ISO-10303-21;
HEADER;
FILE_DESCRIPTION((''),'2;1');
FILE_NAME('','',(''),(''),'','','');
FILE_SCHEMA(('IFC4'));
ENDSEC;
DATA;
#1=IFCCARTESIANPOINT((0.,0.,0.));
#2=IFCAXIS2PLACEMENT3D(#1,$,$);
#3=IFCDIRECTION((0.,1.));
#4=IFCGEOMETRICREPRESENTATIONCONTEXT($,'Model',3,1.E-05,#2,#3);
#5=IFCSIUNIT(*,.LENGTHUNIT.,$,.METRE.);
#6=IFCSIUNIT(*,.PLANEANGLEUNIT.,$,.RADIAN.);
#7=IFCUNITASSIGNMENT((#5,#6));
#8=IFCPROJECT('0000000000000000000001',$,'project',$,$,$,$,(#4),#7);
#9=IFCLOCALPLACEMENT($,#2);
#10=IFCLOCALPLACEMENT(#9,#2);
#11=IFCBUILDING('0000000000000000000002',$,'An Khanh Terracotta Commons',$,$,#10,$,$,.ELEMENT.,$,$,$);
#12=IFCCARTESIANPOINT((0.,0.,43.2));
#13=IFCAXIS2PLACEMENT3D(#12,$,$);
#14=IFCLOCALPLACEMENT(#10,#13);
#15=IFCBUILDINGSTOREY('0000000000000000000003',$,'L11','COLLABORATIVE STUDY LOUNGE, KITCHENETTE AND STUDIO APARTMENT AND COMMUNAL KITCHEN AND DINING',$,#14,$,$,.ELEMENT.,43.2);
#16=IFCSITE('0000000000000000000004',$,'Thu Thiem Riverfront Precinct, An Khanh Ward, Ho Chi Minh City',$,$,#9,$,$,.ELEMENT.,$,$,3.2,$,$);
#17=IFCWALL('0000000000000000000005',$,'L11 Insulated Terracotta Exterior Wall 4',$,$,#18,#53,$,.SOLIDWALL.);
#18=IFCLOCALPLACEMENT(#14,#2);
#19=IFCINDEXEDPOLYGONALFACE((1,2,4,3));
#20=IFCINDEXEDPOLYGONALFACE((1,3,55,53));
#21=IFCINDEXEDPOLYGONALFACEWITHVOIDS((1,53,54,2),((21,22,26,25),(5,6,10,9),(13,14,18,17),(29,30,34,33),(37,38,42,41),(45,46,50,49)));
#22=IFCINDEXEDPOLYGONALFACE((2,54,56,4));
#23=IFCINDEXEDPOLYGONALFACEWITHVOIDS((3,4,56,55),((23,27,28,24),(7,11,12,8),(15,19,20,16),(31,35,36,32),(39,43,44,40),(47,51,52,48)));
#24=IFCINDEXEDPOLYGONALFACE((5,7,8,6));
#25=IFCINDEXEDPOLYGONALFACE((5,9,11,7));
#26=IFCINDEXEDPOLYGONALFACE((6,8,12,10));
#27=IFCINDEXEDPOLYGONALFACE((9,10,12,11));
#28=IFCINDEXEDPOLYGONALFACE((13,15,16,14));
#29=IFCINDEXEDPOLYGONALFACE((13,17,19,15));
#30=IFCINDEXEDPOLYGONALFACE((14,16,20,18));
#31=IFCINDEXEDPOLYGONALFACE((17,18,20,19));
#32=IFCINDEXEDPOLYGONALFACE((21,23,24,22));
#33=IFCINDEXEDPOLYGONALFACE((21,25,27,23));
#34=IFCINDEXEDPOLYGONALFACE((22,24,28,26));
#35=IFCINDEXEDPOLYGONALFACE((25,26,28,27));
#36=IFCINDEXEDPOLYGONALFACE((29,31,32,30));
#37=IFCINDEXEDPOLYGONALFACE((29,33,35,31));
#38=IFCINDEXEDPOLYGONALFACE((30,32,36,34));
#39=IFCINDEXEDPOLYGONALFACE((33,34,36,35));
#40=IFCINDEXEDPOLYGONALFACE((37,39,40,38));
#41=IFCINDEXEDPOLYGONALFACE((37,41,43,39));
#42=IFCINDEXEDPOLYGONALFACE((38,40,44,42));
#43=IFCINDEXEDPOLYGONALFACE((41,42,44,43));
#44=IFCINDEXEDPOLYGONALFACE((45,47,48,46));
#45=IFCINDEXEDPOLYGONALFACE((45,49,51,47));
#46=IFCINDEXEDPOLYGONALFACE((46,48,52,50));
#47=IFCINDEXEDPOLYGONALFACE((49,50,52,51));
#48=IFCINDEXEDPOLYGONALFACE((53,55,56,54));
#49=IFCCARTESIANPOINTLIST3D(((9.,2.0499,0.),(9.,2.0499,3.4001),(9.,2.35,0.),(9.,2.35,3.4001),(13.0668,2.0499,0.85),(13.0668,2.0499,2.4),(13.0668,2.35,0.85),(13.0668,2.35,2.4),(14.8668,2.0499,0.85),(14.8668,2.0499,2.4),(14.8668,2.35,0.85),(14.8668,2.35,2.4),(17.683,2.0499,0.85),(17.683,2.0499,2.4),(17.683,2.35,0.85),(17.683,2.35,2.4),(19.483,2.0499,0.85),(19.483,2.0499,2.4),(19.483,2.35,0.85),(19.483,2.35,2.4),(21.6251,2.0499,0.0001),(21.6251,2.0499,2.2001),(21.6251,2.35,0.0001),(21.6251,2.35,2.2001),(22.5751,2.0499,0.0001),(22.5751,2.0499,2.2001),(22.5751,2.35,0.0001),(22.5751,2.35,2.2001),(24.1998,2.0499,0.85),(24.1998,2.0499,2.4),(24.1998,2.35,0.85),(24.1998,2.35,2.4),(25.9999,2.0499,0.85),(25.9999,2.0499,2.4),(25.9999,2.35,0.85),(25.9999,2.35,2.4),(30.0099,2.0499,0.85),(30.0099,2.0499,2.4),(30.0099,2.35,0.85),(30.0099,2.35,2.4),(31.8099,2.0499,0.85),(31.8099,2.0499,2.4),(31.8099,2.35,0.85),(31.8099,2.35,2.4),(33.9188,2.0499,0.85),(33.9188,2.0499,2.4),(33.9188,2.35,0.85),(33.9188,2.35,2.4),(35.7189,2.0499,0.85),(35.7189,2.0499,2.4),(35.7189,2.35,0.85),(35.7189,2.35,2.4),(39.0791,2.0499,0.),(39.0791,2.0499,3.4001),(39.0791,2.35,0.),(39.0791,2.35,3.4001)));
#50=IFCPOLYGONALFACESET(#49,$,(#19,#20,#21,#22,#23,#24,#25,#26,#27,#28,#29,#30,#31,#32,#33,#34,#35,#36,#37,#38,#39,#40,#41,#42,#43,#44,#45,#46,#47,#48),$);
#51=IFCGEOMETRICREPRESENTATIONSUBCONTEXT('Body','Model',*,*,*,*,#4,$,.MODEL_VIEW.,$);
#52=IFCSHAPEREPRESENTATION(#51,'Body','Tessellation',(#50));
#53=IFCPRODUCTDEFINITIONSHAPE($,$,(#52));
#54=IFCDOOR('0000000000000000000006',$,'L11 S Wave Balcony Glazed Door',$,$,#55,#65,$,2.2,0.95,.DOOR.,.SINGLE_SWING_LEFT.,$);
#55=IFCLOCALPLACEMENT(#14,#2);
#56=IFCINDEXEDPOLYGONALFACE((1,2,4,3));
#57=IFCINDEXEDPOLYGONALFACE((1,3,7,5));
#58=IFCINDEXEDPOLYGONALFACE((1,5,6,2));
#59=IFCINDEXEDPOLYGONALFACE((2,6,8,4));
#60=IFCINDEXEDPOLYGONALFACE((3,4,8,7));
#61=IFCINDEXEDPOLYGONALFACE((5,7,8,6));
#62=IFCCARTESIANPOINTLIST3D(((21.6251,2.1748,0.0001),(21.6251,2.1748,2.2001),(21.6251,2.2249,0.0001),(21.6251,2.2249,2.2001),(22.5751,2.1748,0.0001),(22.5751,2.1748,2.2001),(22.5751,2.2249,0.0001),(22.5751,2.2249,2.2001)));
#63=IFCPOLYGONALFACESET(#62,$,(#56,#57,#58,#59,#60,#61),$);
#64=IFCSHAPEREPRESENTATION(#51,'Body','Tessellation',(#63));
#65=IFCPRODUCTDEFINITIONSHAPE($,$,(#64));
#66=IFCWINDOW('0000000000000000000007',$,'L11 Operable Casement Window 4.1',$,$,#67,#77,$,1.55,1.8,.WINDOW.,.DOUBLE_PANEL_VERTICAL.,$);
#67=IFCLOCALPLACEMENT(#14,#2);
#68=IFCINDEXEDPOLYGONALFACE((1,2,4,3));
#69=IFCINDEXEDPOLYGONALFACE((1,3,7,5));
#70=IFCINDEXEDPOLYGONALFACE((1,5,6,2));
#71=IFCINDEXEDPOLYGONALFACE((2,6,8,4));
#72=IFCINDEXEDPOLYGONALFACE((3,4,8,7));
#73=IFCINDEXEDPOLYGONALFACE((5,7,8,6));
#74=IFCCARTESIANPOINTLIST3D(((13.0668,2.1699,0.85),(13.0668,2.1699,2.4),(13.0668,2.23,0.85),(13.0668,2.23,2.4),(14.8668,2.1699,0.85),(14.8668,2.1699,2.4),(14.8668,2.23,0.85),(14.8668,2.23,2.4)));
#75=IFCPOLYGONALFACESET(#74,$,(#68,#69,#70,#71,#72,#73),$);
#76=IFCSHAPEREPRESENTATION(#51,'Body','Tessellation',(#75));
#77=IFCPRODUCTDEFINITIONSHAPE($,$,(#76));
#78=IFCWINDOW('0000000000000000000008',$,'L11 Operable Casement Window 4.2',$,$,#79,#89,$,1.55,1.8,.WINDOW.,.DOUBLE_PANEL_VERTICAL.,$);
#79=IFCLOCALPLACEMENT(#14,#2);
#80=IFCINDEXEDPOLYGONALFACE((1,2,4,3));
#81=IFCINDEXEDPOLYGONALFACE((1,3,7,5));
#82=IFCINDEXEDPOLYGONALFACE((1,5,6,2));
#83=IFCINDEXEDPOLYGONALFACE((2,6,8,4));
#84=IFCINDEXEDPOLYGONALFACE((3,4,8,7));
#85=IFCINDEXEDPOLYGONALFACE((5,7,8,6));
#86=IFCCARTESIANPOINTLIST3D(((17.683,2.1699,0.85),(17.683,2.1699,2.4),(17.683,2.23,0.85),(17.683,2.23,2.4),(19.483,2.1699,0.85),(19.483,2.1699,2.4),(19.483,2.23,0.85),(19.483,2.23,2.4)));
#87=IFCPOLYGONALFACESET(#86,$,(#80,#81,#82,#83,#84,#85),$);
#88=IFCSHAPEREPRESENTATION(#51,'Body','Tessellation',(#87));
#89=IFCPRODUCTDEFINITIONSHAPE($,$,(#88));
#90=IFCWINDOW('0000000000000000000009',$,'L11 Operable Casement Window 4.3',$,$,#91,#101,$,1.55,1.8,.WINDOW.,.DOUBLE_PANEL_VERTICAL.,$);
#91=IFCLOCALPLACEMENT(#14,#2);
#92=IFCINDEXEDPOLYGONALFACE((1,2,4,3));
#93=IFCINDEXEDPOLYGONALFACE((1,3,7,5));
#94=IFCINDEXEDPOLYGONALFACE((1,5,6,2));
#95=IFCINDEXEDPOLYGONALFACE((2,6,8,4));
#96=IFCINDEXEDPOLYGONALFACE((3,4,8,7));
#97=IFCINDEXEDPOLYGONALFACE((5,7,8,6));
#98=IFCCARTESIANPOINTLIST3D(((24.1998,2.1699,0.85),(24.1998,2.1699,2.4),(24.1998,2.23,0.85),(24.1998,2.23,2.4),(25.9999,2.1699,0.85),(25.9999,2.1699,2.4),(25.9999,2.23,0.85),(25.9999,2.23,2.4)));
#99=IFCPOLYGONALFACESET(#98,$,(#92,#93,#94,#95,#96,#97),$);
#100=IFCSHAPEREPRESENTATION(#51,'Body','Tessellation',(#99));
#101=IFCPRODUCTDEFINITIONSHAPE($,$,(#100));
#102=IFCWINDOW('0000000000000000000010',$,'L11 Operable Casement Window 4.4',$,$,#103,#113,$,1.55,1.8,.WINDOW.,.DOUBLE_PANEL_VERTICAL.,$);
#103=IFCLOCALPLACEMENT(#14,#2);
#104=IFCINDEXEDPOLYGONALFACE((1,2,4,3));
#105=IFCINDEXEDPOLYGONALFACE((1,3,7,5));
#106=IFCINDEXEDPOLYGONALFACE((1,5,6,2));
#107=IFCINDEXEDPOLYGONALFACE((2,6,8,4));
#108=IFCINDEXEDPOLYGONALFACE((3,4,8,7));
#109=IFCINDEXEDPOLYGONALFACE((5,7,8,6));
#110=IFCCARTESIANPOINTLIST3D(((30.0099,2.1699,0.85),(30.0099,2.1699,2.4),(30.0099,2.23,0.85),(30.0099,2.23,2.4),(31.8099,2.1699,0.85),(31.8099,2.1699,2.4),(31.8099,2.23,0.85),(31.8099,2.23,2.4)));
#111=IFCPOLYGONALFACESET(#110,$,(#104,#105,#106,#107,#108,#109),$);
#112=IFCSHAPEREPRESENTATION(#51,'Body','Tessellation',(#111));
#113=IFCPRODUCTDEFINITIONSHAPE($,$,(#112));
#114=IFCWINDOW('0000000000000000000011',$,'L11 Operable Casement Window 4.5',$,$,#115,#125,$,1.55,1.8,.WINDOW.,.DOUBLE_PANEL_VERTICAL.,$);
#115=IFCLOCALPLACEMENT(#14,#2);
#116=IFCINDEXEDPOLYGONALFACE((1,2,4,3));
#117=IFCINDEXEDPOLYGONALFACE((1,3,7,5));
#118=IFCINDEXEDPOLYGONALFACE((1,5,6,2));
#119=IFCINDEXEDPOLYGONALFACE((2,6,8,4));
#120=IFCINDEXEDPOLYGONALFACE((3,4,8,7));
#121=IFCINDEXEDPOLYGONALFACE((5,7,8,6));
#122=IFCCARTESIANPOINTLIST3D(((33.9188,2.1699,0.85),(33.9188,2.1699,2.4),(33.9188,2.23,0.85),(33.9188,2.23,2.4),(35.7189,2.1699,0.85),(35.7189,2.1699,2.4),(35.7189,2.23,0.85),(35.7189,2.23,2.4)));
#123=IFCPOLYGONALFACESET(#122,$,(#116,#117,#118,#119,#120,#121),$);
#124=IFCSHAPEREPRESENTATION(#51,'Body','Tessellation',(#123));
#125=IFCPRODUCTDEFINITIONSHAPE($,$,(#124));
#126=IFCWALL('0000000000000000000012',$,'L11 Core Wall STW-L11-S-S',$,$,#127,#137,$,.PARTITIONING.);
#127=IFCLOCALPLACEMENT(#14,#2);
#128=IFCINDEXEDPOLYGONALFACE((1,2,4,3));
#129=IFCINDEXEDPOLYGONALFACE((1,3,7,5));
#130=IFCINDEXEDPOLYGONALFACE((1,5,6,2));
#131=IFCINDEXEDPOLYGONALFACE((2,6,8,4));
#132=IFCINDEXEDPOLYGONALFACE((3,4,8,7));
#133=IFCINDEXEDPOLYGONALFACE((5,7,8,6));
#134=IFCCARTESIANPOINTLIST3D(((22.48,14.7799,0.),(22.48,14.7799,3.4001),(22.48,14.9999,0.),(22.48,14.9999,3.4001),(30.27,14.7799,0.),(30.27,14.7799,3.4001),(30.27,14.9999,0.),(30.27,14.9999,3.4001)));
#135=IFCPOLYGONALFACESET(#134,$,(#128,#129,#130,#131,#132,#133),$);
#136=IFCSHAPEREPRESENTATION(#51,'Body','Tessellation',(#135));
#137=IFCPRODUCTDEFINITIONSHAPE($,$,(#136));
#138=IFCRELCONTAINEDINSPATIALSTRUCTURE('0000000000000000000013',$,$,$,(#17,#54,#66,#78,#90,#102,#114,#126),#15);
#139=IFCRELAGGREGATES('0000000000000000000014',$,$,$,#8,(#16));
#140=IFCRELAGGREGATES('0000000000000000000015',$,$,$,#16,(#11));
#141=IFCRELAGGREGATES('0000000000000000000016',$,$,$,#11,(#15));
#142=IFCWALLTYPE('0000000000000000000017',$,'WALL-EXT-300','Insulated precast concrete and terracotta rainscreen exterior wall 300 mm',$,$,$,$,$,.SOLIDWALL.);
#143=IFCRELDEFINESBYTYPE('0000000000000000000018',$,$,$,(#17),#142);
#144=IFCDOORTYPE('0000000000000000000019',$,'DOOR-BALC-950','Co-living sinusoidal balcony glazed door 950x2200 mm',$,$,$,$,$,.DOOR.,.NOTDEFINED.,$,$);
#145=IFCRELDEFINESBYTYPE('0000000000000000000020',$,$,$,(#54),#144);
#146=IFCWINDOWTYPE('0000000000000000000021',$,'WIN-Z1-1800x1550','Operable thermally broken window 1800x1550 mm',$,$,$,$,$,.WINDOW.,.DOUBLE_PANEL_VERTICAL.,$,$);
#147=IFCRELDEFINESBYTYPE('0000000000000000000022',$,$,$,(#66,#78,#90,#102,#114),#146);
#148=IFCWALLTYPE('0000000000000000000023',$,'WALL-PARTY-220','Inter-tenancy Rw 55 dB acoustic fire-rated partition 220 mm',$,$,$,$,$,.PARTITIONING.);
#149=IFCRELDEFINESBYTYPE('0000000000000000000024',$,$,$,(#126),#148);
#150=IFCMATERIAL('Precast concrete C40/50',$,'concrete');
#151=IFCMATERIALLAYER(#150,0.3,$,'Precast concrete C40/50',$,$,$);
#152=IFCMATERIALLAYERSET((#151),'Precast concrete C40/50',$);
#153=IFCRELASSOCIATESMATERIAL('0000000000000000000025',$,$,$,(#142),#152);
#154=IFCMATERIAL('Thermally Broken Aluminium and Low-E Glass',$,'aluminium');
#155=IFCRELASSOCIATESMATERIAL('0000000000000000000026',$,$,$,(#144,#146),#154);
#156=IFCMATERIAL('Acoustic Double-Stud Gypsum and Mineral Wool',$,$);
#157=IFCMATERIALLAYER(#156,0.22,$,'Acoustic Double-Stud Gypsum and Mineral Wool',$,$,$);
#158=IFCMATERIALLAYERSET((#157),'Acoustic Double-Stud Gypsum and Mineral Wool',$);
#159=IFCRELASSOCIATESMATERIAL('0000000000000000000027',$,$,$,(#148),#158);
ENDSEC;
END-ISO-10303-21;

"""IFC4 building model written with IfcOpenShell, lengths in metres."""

from ifc_helpers import new_model, si_unit, direction, frame, frame_2d, origin, place, context, subcontext, project, spatial, rectangle, extrude, material, layer, layer_set, type_object, element, fill, save


model = new_model("IFC4")

# Units and contexts
model_context = context("Model", 3, precision=1e-05, world=origin(), true_north=direction((0.0, 1.0)))
body_context = subcontext(model_context, "Body", "Model", "MODEL_VIEW")
ifc_project = project(units=[si_unit("LENGTHUNIT", "METRE"), si_unit("PLANEANGLEUNIT", "RADIAN")], contexts=[model_context])

# Site, building, storey
site_placement = place(None, origin())
site = spatial("IfcSite", under=ifc_project, at=site_placement, Name="Thu Thiem Riverfront Precinct, An Khanh Ward, Ho Chi Minh City", CompositionType="ELEMENT", RefElevation=3.2)
building_placement = place(site_placement, origin())
building = spatial("IfcBuilding", under=site, at=building_placement, Name="An Khanh Terracotta Commons", CompositionType="ELEMENT")
storey_placement = place(building_placement, frame((0.0, 0.0, 43.2)))
storey = spatial("IfcBuildingStorey", under=building, at=storey_placement, Name="L11", Description="COLLABORATIVE STUDY LOUNGE, KITCHENETTE AND STUDIO APARTMENT AND COMMUNAL KITCHEN AND DINING", CompositionType="ELEMENT", Elevation=43.2)

# Shared definitions
ifc_material_1 = material(Name="Precast concrete C40/50", Category="concrete")
ifc_layer_1 = layer(ifc_material_1, 0.3, Name="Precast concrete C40/50")
ifc_layer_set_1 = layer_set([ifc_layer_1], Name="Precast concrete C40/50")
wall_type_1 = type_object("IfcWallType", Name="WALL-EXT-300", Description="Insulated precast concrete and terracotta rainscreen exterior wall 300 mm", PredefinedType="SOLIDWALL", material=ifc_layer_set_1)

# Wall, openings, door, windows
wall_1_placement = place(storey_placement, frame((9.0, 2.2, 0.0), z_axis=(0.0, 0.0, 1.0), x_axis=(1.0, 0.0, 0.0)))
wall_1 = element("IfcWall", 1, at=wall_1_placement, inside=storey, type_object=wall_type_1, Name="L11 Insulated Terracotta Exterior Wall 4", PredefinedType="SOLIDWALL", context=body_context, shape_type="SweptSolid", body=[
    extrude(rectangle(XDim=30.0791, YDim=0.3, at=frame_2d((15.0396, 0.0))), origin(), (0.0, 0.0, 1.0), 3.4001),
])
opening_1_placement = place(wall_1_placement, frame((12.625, 0.0, 0.0)))
opening_1 = element("IfcOpeningElement", 2, at=opening_1_placement, cuts=wall_1, PredefinedType="OPENING", context=body_context, shape_type="SweptSolid", body=[
    extrude(rectangle(XDim=0.95, YDim=2.2, at=frame_2d((0.4751, 1.1001))), frame((0.0, 0.1599, 0.0), z_axis=(0.0, -1.0, 0.0), x_axis=(1.0, 0.0, 0.0)), (0.0, 0.0, 1.0), 0.3201),
])
opening_2_placement = place(wall_1_placement, frame((4.0669, 0.0, 0.8501)))
opening_2 = element("IfcOpeningElement", 3, at=opening_2_placement, cuts=wall_1, PredefinedType="OPENING", context=body_context, shape_type="SweptSolid", body=[
    extrude(rectangle(XDim=1.8, YDim=1.55, at=frame_2d((0.8999, 0.7749))), frame((0.0, 0.1599, 0.0), z_axis=(0.0, -1.0, 0.0), x_axis=(1.0, 0.0, 0.0)), (0.0, 0.0, 1.0), 0.3201),
])
opening_3_placement = place(wall_1_placement, frame((8.6831, 0.0, 0.8501)))
opening_3 = element("IfcOpeningElement", 4, at=opening_3_placement, cuts=wall_1, PredefinedType="OPENING", context=body_context, shape_type="SweptSolid", body=[
    extrude(rectangle(XDim=1.8, YDim=1.55, at=frame_2d((0.8999, 0.7749))), frame((0.0, 0.1599, 0.0), z_axis=(0.0, -1.0, 0.0), x_axis=(1.0, 0.0, 0.0)), (0.0, 0.0, 1.0), 0.3201),
])
opening_4_placement = place(wall_1_placement, frame((15.2, 0.0, 0.8501)))
opening_4 = element("IfcOpeningElement", 5, at=opening_4_placement, cuts=wall_1, PredefinedType="OPENING", context=body_context, shape_type="SweptSolid", body=[
    extrude(rectangle(XDim=1.8, YDim=1.55, at=frame_2d((0.8999, 0.7749))), frame((0.0, 0.1599, 0.0), z_axis=(0.0, -1.0, 0.0), x_axis=(1.0, 0.0, 0.0)), (0.0, 0.0, 1.0), 0.3201),
])
opening_5_placement = place(wall_1_placement, frame((21.01, 0.0, 0.8501)))
opening_5 = element("IfcOpeningElement", 6, at=opening_5_placement, cuts=wall_1, PredefinedType="OPENING", context=body_context, shape_type="SweptSolid", body=[
    extrude(rectangle(XDim=1.8, YDim=1.55, at=frame_2d((0.8999, 0.7749))), frame((0.0, 0.1599, 0.0), z_axis=(0.0, -1.0, 0.0), x_axis=(1.0, 0.0, 0.0)), (0.0, 0.0, 1.0), 0.3201),
])
opening_6_placement = place(wall_1_placement, frame((24.9189, 0.0, 0.8501)))
opening_6 = element("IfcOpeningElement", 7, at=opening_6_placement, cuts=wall_1, PredefinedType="OPENING", context=body_context, shape_type="SweptSolid", body=[
    extrude(rectangle(XDim=1.8, YDim=1.55, at=frame_2d((0.8999, 0.7749))), frame((0.0, 0.1599, 0.0), z_axis=(0.0, -1.0, 0.0), x_axis=(1.0, 0.0, 0.0)), (0.0, 0.0, 1.0), 0.3201),
])
ifc_material_2 = material(Name="Thermally Broken Aluminium and Low-E Glass", Category="aluminium")
door_type_1 = type_object("IfcDoorType", Name="DOOR-BALC-950", Description="Co-living sinusoidal balcony glazed door 950x2200 mm", OperationType="NOTDEFINED", PredefinedType="DOOR", material=ifc_material_2)
door_1_placement = place(opening_1_placement, origin())
door_1 = element("IfcDoor", 8, at=door_1_placement, inside=storey, type_object=door_type_1, Name="L11 S Wave Balcony Glazed Door", OperationType="SINGLE_SWING_LEFT", OverallHeight=2.2, OverallWidth=0.95, PredefinedType="DOOR", context=body_context, shape_type="SweptSolid", body=[
    extrude(rectangle(XDim=0.95, YDim=2.2, at=frame_2d((0.4751, 1.1001))), frame((0.0, 0.0249, 0.0), z_axis=(0.0, -1.0, 0.0), x_axis=(1.0, 0.0, 0.0)), (0.0, 0.0, 1.0), 0.05),
])
fill(opening_1, door_1)
window_type = type_object("IfcWindowType", Name="WIN-Z1-1800x1550", Description="Operable thermally broken window 1800x1550 mm", PartitioningType="DOUBLE_PANEL_VERTICAL", PredefinedType="WINDOW", material=ifc_material_2)
window_1_placement = place(opening_2_placement, origin())
window_1 = element("IfcWindow", 9, at=window_1_placement, inside=storey, type_object=window_type, Name="L11 Operable Casement Window 4.1", OverallHeight=1.55, OverallWidth=1.8, PartitioningType="DOUBLE_PANEL_VERTICAL", PredefinedType="WINDOW", context=body_context, shape_type="SweptSolid", body=[
    extrude(rectangle(XDim=1.8, YDim=1.55, at=frame_2d((0.8999, 0.7749))), frame((0.0, 0.03, 0.0), z_axis=(0.0, -1.0, 0.0), x_axis=(1.0, 0.0, 0.0)), (0.0, 0.0, 1.0), 0.0601),
])
fill(opening_2, window_1)
window_2_placement = place(opening_3_placement, origin())
window_2 = element("IfcWindow", 10, at=window_2_placement, inside=storey, type_object=window_type, Name="L11 Operable Casement Window 4.2", OverallHeight=1.55, OverallWidth=1.8, PartitioningType="DOUBLE_PANEL_VERTICAL", PredefinedType="WINDOW", context=body_context, shape_type="SweptSolid", body=[
    extrude(rectangle(XDim=1.8, YDim=1.55, at=frame_2d((0.8999, 0.7749))), frame((0.0, 0.03, 0.0), z_axis=(0.0, -1.0, 0.0), x_axis=(1.0, 0.0, 0.0)), (0.0, 0.0, 1.0), 0.0601),
])
fill(opening_3, window_2)
window_3_placement = place(opening_4_placement, origin())
window_3 = element("IfcWindow", 11, at=window_3_placement, inside=storey, type_object=window_type, Name="L11 Operable Casement Window 4.3", OverallHeight=1.55, OverallWidth=1.8, PartitioningType="DOUBLE_PANEL_VERTICAL", PredefinedType="WINDOW", context=body_context, shape_type="SweptSolid", body=[
    extrude(rectangle(XDim=1.8, YDim=1.55, at=frame_2d((0.8999, 0.7749))), frame((0.0, 0.03, 0.0), z_axis=(0.0, -1.0, 0.0), x_axis=(1.0, 0.0, 0.0)), (0.0, 0.0, 1.0), 0.0601),
])
fill(opening_4, window_3)
window_4_placement = place(opening_5_placement, origin())
window_4 = element("IfcWindow", 12, at=window_4_placement, inside=storey, type_object=window_type, Name="L11 Operable Casement Window 4.4", OverallHeight=1.55, OverallWidth=1.8, PartitioningType="DOUBLE_PANEL_VERTICAL", PredefinedType="WINDOW", context=body_context, shape_type="SweptSolid", body=[
    extrude(rectangle(XDim=1.8, YDim=1.55, at=frame_2d((0.8999, 0.7749))), frame((0.0, 0.03, 0.0), z_axis=(0.0, -1.0, 0.0), x_axis=(1.0, 0.0, 0.0)), (0.0, 0.0, 1.0), 0.0601),
])
fill(opening_5, window_4)
window_5_placement = place(opening_6_placement, origin())
window_5 = element("IfcWindow", 13, at=window_5_placement, inside=storey, type_object=window_type, Name="L11 Operable Casement Window 4.5", OverallHeight=1.55, OverallWidth=1.8, PartitioningType="DOUBLE_PANEL_VERTICAL", PredefinedType="WINDOW", context=body_context, shape_type="SweptSolid", body=[
    extrude(rectangle(XDim=1.8, YDim=1.55, at=frame_2d((0.8999, 0.7749))), frame((0.0, 0.03, 0.0), z_axis=(0.0, -1.0, 0.0), x_axis=(1.0, 0.0, 0.0)), (0.0, 0.0, 1.0), 0.0601),
])
fill(opening_6, window_5)

# Wall
ifc_material_3 = material(Name="Acoustic Double-Stud Gypsum and Mineral Wool")
ifc_layer_2 = layer(ifc_material_3, 0.22, Name="Acoustic Double-Stud Gypsum and Mineral Wool")
ifc_layer_set_2 = layer_set([ifc_layer_2], Name="Acoustic Double-Stud Gypsum and Mineral Wool")
wall_type_2 = type_object("IfcWallType", Name="WALL-PARTY-220", Description="Inter-tenancy Rw 55 dB acoustic fire-rated partition 220 mm", PredefinedType="PARTITIONING", material=ifc_layer_set_2)
wall_2_placement = place(storey_placement, frame((22.48, 14.8899, 0.0), z_axis=(0.0, 0.0, 1.0), x_axis=(1.0, 0.0, 0.0)))
element("IfcWall", 14, at=wall_2_placement, inside=storey, type_object=wall_type_2, Name="L11 Core Wall STW-L11-S-S", PredefinedType="PARTITIONING", context=body_context, shape_type="SweptSolid", body=[
    extrude(rectangle(XDim=7.79, YDim=0.22, at=frame_2d((3.895, 0.0))), origin(), (0.0, 0.0, 1.0), 3.4001),
])

save(model, "model.ifc")
